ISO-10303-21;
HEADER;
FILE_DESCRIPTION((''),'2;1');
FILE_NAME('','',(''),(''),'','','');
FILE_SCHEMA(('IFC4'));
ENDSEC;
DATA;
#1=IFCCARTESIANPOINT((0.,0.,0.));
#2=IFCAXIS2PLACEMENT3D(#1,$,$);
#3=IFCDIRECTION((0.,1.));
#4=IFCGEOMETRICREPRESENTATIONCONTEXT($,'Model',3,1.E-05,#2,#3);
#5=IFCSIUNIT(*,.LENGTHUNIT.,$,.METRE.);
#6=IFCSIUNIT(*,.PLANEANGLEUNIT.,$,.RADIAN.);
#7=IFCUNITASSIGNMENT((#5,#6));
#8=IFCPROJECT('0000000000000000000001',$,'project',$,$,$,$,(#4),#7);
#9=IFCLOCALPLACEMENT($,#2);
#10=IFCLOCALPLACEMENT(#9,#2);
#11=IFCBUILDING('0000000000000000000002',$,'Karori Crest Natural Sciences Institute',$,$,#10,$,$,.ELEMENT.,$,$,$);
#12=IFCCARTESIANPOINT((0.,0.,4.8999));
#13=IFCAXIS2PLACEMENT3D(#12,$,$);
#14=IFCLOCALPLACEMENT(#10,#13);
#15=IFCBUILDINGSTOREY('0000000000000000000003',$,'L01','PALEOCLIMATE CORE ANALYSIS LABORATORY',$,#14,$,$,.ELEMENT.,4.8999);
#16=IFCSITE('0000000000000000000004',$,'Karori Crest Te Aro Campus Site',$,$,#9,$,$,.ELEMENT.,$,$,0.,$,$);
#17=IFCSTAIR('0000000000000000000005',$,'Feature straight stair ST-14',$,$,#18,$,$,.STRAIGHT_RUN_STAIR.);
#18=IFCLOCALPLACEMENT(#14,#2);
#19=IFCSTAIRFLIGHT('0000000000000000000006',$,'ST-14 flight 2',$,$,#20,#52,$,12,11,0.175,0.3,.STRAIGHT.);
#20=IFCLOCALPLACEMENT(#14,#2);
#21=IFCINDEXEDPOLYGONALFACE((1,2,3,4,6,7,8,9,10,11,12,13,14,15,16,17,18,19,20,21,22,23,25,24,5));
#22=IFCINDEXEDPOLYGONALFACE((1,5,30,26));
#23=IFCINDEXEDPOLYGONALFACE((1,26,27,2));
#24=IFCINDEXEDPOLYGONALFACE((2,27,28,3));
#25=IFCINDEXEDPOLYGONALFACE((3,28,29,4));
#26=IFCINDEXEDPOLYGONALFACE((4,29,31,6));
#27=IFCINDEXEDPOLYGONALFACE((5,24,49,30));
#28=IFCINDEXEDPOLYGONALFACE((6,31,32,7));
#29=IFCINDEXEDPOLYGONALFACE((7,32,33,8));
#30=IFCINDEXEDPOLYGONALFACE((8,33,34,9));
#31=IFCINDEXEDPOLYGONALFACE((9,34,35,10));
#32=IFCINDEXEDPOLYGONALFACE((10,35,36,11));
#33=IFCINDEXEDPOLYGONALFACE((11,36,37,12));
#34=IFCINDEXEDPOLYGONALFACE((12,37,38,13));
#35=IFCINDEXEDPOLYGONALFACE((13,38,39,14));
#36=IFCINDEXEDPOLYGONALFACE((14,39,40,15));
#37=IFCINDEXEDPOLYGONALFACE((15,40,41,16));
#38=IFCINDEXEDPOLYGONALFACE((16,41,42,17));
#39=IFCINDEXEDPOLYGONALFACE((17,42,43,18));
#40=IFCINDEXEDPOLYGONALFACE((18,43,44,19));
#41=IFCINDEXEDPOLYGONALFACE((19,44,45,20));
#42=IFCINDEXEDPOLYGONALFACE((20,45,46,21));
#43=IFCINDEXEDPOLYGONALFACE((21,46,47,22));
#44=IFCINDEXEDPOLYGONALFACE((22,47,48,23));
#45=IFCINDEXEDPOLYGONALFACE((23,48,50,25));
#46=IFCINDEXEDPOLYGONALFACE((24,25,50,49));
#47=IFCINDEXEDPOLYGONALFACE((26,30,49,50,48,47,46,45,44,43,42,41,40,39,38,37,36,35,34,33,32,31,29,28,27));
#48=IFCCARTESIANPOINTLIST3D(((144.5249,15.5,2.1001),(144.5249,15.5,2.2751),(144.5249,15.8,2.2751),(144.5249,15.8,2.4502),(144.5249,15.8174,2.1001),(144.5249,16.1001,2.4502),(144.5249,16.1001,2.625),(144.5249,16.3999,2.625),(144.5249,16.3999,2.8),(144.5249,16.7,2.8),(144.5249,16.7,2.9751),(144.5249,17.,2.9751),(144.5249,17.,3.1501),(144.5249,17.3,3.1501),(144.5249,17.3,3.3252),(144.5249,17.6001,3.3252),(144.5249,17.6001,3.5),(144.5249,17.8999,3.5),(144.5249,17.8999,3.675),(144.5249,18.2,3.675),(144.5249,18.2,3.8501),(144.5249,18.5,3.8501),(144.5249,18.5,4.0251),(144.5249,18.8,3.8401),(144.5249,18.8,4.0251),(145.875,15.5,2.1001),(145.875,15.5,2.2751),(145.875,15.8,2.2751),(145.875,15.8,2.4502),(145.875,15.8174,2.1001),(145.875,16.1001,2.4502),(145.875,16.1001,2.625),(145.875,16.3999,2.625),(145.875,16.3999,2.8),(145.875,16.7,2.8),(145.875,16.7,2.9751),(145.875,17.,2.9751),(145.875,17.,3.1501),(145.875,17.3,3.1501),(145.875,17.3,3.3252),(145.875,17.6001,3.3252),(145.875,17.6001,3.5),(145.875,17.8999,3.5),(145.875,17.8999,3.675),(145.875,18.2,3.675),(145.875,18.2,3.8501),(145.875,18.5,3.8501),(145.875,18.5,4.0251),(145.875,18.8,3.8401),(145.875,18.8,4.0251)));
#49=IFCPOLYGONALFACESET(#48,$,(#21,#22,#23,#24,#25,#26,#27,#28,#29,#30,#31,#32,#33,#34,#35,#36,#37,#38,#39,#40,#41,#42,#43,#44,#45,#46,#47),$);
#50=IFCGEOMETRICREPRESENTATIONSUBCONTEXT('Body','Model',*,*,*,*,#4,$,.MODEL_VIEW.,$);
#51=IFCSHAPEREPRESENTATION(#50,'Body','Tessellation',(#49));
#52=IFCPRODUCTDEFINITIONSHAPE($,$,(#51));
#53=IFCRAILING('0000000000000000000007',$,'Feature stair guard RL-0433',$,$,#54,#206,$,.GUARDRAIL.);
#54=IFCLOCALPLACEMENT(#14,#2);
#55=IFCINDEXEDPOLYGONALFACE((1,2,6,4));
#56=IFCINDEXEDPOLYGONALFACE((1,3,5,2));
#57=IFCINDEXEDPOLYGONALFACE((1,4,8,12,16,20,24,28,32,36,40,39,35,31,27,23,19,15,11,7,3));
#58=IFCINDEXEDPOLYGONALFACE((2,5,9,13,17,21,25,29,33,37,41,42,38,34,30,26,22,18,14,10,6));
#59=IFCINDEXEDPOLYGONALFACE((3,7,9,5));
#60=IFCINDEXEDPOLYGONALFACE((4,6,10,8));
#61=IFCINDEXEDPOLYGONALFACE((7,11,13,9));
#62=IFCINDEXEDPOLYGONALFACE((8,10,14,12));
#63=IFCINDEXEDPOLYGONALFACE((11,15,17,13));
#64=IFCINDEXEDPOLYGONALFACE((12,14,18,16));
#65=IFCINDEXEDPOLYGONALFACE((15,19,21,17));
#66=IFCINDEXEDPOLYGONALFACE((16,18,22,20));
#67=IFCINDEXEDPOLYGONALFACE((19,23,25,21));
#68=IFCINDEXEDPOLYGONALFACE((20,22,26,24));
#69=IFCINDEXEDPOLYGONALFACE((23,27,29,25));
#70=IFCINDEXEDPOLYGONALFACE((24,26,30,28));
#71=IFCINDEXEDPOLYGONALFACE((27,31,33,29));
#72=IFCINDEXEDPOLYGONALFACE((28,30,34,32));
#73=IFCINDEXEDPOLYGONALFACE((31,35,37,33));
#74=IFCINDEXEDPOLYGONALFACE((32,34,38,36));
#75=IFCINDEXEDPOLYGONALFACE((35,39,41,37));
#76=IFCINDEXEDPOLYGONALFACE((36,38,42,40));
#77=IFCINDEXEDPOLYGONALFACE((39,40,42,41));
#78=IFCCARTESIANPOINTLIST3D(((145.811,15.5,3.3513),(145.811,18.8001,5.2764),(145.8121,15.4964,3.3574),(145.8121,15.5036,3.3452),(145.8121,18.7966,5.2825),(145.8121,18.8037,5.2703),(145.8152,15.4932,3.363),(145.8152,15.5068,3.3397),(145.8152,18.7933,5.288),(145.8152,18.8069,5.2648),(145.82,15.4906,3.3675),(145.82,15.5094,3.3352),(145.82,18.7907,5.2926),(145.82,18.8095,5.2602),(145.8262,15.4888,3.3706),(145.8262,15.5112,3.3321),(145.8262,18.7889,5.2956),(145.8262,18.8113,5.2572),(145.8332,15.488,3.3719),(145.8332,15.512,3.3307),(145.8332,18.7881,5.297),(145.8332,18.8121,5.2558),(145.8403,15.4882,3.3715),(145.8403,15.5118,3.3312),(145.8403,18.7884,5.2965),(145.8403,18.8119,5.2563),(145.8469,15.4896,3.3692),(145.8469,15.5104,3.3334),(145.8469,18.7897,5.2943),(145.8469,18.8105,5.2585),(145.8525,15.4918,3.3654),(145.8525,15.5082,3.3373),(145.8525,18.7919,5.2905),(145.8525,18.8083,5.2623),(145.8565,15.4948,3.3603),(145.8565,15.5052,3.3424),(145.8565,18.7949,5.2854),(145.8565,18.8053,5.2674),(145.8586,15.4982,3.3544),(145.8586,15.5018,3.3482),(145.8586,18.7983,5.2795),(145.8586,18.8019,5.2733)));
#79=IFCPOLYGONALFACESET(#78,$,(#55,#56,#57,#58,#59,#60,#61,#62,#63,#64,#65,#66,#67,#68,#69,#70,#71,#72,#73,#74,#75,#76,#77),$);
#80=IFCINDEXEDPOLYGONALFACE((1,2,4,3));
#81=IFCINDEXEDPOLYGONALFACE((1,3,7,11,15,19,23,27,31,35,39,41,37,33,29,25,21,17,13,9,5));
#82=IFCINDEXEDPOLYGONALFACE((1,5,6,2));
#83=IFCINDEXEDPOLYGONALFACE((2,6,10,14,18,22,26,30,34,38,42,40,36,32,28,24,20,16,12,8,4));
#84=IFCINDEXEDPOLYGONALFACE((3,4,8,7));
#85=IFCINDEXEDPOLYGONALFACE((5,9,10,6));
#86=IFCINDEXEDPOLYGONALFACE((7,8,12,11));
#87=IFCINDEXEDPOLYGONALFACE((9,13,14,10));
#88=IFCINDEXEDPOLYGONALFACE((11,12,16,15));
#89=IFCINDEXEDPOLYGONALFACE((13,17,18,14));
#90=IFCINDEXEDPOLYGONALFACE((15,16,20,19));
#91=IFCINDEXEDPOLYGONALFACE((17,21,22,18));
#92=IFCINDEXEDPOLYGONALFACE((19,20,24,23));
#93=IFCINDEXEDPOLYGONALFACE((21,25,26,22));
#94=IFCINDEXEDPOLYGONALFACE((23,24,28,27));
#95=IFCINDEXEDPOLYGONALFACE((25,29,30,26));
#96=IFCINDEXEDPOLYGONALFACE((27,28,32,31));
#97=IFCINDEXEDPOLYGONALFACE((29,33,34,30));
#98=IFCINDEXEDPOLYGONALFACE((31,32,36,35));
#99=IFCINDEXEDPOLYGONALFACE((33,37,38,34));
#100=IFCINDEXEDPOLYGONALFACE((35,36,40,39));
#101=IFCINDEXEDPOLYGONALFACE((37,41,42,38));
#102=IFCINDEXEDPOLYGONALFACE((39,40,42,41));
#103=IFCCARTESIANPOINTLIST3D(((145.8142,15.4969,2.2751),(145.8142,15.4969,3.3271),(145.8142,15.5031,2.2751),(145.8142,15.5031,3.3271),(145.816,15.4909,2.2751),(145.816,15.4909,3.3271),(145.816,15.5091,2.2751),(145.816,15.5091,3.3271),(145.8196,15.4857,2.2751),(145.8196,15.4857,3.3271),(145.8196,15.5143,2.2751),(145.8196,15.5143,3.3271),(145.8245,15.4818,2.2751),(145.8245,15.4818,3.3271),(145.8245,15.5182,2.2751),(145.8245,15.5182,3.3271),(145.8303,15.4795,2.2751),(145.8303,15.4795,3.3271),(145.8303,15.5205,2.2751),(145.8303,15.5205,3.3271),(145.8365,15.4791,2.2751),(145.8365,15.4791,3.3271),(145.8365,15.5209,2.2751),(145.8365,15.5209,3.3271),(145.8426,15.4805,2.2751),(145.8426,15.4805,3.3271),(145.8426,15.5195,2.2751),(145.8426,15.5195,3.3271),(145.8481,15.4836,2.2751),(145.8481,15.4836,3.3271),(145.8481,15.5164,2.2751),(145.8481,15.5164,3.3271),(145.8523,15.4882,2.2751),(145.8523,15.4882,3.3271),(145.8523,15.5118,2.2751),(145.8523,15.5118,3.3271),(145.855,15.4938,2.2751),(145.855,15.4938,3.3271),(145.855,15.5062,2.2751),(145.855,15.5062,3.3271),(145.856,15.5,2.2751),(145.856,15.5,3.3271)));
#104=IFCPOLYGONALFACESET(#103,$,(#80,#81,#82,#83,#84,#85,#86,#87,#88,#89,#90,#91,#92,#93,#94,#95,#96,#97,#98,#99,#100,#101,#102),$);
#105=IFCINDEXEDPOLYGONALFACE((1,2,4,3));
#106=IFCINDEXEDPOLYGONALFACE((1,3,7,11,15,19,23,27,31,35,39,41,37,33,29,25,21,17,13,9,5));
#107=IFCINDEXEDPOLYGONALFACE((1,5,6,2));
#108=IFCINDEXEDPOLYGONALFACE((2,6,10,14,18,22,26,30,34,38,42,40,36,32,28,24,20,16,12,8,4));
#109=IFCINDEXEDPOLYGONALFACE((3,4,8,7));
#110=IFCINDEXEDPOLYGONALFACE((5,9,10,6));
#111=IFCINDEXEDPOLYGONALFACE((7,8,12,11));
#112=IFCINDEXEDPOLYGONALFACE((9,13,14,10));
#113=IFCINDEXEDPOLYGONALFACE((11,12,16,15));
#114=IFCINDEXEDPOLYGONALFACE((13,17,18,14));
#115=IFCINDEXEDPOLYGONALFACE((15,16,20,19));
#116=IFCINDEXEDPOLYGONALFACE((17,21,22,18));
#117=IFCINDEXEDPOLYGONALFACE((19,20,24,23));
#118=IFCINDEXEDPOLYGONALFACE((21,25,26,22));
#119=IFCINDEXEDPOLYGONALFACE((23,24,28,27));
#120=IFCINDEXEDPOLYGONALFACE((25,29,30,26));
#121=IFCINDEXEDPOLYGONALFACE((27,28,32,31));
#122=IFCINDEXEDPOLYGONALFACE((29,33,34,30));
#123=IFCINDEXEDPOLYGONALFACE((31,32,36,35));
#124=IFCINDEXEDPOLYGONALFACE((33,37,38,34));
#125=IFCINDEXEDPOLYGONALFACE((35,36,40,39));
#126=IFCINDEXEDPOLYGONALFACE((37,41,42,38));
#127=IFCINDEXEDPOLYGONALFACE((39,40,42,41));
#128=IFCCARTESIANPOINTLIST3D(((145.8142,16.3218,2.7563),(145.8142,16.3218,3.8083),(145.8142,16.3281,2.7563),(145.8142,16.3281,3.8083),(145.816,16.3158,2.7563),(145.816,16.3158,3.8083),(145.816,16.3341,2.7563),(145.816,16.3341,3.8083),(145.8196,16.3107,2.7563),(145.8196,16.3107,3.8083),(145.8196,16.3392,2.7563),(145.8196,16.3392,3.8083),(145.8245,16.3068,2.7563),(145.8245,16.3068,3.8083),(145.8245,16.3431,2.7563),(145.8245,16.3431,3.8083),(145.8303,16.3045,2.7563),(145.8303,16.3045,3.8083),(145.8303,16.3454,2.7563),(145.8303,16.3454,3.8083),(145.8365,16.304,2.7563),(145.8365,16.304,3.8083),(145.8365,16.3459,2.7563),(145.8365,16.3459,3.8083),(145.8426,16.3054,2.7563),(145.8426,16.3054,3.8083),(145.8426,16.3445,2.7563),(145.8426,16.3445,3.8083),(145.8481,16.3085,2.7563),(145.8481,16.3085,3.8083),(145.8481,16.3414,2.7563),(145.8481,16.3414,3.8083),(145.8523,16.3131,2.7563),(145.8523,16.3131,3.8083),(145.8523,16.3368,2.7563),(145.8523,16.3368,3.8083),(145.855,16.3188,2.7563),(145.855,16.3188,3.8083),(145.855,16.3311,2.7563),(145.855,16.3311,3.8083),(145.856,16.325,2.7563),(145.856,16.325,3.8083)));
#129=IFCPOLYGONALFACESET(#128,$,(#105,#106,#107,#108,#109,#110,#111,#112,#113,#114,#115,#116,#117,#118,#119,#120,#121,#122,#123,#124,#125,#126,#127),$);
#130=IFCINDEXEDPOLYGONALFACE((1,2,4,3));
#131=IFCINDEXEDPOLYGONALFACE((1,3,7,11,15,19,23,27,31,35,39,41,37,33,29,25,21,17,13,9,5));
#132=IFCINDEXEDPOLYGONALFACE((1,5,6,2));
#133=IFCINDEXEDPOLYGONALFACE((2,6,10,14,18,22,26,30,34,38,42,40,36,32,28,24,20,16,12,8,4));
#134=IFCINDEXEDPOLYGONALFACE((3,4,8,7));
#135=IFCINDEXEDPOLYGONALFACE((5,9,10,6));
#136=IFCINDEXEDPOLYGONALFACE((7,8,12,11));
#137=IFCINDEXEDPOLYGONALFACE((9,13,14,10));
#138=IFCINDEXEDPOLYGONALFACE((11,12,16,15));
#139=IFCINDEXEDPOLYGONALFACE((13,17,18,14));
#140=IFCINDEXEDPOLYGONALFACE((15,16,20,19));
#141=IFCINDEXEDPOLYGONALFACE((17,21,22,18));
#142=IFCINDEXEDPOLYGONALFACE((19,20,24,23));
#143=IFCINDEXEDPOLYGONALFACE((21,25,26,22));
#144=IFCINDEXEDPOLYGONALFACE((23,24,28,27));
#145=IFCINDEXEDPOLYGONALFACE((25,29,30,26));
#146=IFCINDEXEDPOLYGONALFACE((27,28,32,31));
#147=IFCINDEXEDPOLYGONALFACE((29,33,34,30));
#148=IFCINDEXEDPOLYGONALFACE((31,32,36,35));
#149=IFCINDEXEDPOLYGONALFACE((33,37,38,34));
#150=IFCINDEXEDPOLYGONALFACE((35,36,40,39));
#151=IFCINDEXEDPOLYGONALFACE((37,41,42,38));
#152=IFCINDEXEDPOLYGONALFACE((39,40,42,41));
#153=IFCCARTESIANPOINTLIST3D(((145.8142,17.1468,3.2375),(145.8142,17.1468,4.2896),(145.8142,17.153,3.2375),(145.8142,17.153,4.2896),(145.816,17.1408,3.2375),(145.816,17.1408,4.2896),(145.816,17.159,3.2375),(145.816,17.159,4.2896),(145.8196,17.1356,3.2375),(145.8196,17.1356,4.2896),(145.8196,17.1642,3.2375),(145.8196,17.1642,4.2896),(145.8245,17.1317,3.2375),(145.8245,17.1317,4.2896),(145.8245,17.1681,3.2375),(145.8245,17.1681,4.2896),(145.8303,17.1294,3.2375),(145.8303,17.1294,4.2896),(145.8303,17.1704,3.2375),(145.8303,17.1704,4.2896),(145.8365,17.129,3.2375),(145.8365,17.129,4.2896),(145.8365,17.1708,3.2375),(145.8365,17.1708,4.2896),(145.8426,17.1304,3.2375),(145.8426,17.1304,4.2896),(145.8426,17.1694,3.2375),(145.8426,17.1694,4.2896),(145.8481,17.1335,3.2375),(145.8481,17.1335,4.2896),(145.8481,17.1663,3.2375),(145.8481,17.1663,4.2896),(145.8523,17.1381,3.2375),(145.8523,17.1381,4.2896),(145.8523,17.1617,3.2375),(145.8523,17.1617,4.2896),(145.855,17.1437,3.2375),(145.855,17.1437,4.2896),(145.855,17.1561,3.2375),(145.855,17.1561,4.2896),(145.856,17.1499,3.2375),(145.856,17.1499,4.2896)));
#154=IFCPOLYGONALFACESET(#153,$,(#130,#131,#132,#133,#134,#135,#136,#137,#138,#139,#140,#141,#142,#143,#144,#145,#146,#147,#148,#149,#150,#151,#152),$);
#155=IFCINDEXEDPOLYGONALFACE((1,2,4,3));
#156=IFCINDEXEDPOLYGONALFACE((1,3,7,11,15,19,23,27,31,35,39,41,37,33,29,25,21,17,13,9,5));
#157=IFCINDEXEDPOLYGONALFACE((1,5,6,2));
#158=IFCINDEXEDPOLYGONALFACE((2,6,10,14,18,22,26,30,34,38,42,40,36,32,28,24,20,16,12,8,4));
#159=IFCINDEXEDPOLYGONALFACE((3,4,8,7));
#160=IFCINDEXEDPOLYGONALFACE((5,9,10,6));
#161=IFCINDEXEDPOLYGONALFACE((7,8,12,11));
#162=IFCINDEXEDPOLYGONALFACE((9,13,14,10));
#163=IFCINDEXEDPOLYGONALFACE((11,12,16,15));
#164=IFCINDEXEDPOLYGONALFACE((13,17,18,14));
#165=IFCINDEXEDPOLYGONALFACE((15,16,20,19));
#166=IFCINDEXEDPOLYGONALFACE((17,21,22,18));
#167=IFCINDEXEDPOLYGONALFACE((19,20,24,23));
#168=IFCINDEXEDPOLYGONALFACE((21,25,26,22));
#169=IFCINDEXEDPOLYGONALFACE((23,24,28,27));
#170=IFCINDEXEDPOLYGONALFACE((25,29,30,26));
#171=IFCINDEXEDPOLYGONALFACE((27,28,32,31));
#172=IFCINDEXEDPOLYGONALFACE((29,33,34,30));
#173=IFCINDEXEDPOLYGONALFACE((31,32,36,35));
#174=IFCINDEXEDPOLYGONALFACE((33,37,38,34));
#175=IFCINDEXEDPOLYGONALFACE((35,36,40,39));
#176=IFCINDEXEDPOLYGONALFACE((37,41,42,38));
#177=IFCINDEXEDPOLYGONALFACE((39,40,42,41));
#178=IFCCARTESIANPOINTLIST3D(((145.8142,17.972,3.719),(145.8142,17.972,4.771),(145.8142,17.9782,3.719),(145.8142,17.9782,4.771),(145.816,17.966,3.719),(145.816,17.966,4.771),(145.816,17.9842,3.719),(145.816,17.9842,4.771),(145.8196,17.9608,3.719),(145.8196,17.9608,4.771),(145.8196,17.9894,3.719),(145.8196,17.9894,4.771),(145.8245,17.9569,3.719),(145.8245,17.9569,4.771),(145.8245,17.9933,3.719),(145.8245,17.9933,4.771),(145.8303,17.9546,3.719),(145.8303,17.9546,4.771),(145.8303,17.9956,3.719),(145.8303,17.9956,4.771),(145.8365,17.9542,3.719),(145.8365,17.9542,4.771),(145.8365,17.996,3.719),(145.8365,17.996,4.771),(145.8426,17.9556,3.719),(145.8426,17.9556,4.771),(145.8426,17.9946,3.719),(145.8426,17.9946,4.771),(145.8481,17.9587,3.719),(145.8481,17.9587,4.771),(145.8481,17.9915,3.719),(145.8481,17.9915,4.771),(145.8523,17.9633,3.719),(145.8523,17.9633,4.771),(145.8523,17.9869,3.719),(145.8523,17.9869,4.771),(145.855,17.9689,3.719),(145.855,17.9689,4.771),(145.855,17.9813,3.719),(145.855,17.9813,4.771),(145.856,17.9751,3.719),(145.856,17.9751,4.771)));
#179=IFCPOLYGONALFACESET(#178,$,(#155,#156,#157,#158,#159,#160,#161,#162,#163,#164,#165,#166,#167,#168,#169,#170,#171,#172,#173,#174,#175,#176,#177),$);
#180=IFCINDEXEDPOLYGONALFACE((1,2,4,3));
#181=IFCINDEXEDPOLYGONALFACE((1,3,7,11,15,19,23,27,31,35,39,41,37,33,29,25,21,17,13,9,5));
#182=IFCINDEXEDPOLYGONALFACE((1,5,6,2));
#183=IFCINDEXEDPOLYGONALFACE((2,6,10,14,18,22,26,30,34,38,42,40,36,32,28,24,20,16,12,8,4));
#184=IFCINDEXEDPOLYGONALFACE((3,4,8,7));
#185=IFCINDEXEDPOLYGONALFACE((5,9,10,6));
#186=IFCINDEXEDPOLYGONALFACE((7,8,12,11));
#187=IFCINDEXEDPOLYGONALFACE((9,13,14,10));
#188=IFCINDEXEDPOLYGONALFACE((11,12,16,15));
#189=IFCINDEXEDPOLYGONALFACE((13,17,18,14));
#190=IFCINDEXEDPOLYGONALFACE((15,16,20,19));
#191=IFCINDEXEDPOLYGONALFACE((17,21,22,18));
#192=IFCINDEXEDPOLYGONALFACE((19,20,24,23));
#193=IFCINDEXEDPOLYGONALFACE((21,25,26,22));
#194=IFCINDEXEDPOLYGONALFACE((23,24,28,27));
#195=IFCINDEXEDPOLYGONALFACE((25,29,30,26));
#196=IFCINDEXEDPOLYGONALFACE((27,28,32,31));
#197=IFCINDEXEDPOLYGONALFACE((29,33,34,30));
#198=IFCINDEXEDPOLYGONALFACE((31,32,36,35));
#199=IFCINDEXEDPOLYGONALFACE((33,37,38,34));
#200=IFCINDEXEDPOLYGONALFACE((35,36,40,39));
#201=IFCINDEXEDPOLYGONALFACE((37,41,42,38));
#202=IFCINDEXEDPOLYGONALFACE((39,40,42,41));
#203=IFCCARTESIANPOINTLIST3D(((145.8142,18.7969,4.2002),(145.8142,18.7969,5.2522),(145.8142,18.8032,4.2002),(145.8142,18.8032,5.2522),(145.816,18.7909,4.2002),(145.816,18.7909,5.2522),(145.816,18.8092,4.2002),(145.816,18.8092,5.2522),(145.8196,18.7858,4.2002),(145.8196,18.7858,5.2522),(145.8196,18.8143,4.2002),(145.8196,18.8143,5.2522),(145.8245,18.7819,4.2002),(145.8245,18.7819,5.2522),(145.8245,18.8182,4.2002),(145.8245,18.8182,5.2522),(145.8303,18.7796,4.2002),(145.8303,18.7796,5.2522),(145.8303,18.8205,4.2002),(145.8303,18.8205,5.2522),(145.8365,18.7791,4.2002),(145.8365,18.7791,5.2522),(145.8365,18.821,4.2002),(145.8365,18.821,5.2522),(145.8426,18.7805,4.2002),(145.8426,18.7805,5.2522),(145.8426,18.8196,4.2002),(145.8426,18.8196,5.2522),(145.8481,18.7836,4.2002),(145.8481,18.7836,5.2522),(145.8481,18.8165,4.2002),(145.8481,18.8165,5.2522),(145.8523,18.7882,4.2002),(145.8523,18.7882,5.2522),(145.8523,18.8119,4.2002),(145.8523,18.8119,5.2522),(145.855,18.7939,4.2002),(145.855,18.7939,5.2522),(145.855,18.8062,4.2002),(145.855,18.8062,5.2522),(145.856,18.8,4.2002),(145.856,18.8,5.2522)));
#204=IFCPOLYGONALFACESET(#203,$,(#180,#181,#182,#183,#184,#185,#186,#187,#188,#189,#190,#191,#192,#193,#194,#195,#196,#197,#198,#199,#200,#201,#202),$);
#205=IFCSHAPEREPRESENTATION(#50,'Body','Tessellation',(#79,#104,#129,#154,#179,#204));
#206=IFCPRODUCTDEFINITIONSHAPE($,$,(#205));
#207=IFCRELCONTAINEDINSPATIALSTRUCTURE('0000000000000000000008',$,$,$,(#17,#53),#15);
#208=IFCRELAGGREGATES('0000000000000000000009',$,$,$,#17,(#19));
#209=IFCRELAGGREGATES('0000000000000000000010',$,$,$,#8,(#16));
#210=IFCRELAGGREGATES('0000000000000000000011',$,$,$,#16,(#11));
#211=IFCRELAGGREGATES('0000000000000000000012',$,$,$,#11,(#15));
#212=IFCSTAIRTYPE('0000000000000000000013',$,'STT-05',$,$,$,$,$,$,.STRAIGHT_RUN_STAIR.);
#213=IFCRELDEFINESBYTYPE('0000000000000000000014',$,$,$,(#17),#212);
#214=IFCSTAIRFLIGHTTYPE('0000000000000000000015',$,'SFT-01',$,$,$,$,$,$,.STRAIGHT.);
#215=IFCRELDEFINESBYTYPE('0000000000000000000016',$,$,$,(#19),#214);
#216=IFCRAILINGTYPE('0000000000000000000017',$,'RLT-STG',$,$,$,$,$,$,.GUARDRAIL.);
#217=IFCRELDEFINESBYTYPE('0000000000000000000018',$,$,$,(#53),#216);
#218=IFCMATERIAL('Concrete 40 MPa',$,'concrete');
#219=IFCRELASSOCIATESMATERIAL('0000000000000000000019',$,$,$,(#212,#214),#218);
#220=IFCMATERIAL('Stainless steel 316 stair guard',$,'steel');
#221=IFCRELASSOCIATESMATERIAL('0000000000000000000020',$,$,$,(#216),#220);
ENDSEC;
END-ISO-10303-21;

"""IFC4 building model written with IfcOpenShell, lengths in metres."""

from ifc_helpers import new_model, si_unit, direction, frame, origin, origin_2d, place, context, subcontext, project, spatial, polyline, circle, outline, extrude, material, type_object, element, aggregate, save


model = new_model("IFC4")

# Units and contexts
model_context = context("Model", 3, precision=1e-05, world=origin(), true_north=direction((0.0, 1.0)))
body_context = subcontext(model_context, "Body", "Model", "MODEL_VIEW")
ifc_project = project(units=[si_unit("LENGTHUNIT", "METRE"), si_unit("PLANEANGLEUNIT", "RADIAN")], contexts=[model_context])

# Site, building, storey
site_placement = place(None, origin())
site = spatial("IfcSite", under=ifc_project, at=site_placement, Name="Karori Crest Te Aro Campus Site", CompositionType="ELEMENT", RefElevation=0.0)
building_placement = place(site_placement, origin())
building = spatial("IfcBuilding", under=site, at=building_placement, Name="Karori Crest Natural Sciences Institute", CompositionType="ELEMENT")
storey_placement = place(building_placement, frame((0.0, 0.0, 4.8999)))
storey = spatial("IfcBuildingStorey", under=building, at=storey_placement, Name="L01", Description="PALEOCLIMATE CORE ANALYSIS LABORATORY", CompositionType="ELEMENT", Elevation=4.8999)

# Stair, stair flight
ifc_material_1 = material(Name="Concrete 40 MPa", Category="concrete")
stair_type = type_object("IfcStairType", Name="STT-05", PredefinedType="STRAIGHT_RUN_STAIR", material=ifc_material_1)
stair_placement = place(storey_placement, origin())
stair = element("IfcStair", 1, at=stair_placement, inside=storey, type_object=stair_type, Name="Feature straight stair ST-14", PredefinedType="STRAIGHT_RUN_STAIR")
stair_flight_type = type_object("IfcStairFlightType", Name="SFT-01", PredefinedType="STRAIGHT", material=ifc_material_1)
stair_flight_placement = place(storey_placement, frame((145.2, 15.5, 2.1001), z_axis=(0.0, 0.0, 1.0), x_axis=(0.0, 1.0, 0.0)))
stair_flight = element("IfcStairFlight", 2, at=stair_flight_placement, type_object=stair_flight_type, Name="ST-14 flight 2", NumberOfRisers=12, NumberOfTreads=11, PredefinedType="STRAIGHT", RiserHeight=0.175, TreadLength=0.3, context=body_context, shape_type="SweptSolid", body=[
    extrude(outline(polyline([(0.0, 0.0), (0.0, 0.175), (0.3, 0.175), (0.3, 0.3501), (0.6001, 0.3501), (0.6001, 0.5249), (0.8999, 0.5249), (0.8999, 0.7), (1.2, 0.7), (1.2, 0.875), (1.5, 0.875), (1.5, 1.05), (1.8, 1.05), (1.8, 1.2251), (2.1001, 1.2251), (2.1001, 1.3999), (2.3999, 1.3999), (2.3999, 1.575), (2.7, 1.575), (2.7, 1.75), (3.0, 1.75), (3.0, 1.925), (3.3, 1.925), (3.3, 2.1001), (3.3, 1.74), (0.3174, 0.0), (0.0, 0.0)])), frame((0.0, 0.675, 0.0), z_axis=(0.0, -1.0, 0.0), x_axis=(1.0, 0.0, 0.0)), (0.0, 0.0, 1.0), 1.3501),
])
aggregate(stair, [stair_flight])

# Railing
ifc_material_2 = material(Name="Stainless steel 316 stair guard", Category="steel")
railing_type = type_object("IfcRailingType", Name="RLT-STG", PredefinedType="GUARDRAIL", material=ifc_material_2)
railing_placement = place(storey_placement, frame((145.835, 15.5, 2.2751)))
element("IfcRailing", 3, at=railing_placement, inside=storey, type_object=railing_type, Name="Feature stair guard RL-0433", PredefinedType="GUARDRAIL", context=body_context, shape_type="SweptSolid", body=[
    extrude(circle(Radius=0.0239, at=origin_2d()), frame((0.0, 0.0, 1.0762), z_axis=(0.0, 0.863777, 0.503875), x_axis=(-1.0, 0.0, 0.0)), (0.0, 0.0, 1.0), 3.8206),
    extrude(circle(Radius=0.021, at=origin_2d()), origin(), (0.0, 0.0, 1.0), 1.052),
    extrude(circle(Radius=0.021, at=origin_2d()), frame((0.0, 0.825, 0.4812)), (0.0, 0.0, 1.0), 1.052),
    extrude(circle(Radius=0.021, at=origin_2d()), frame((0.0, 1.6499, 0.9624)), (0.0, 0.0, 1.0), 1.052),
    extrude(circle(Radius=0.021, at=origin_2d()), frame((0.0, 2.4751, 1.4438)), (0.0, 0.0, 1.0), 1.052),
    extrude(circle(Radius=0.021, at=origin_2d()), frame((0.0, 3.3, 1.925)), (0.0, 0.0, 1.0), 1.052),
])

save(model, "model.ifc")
